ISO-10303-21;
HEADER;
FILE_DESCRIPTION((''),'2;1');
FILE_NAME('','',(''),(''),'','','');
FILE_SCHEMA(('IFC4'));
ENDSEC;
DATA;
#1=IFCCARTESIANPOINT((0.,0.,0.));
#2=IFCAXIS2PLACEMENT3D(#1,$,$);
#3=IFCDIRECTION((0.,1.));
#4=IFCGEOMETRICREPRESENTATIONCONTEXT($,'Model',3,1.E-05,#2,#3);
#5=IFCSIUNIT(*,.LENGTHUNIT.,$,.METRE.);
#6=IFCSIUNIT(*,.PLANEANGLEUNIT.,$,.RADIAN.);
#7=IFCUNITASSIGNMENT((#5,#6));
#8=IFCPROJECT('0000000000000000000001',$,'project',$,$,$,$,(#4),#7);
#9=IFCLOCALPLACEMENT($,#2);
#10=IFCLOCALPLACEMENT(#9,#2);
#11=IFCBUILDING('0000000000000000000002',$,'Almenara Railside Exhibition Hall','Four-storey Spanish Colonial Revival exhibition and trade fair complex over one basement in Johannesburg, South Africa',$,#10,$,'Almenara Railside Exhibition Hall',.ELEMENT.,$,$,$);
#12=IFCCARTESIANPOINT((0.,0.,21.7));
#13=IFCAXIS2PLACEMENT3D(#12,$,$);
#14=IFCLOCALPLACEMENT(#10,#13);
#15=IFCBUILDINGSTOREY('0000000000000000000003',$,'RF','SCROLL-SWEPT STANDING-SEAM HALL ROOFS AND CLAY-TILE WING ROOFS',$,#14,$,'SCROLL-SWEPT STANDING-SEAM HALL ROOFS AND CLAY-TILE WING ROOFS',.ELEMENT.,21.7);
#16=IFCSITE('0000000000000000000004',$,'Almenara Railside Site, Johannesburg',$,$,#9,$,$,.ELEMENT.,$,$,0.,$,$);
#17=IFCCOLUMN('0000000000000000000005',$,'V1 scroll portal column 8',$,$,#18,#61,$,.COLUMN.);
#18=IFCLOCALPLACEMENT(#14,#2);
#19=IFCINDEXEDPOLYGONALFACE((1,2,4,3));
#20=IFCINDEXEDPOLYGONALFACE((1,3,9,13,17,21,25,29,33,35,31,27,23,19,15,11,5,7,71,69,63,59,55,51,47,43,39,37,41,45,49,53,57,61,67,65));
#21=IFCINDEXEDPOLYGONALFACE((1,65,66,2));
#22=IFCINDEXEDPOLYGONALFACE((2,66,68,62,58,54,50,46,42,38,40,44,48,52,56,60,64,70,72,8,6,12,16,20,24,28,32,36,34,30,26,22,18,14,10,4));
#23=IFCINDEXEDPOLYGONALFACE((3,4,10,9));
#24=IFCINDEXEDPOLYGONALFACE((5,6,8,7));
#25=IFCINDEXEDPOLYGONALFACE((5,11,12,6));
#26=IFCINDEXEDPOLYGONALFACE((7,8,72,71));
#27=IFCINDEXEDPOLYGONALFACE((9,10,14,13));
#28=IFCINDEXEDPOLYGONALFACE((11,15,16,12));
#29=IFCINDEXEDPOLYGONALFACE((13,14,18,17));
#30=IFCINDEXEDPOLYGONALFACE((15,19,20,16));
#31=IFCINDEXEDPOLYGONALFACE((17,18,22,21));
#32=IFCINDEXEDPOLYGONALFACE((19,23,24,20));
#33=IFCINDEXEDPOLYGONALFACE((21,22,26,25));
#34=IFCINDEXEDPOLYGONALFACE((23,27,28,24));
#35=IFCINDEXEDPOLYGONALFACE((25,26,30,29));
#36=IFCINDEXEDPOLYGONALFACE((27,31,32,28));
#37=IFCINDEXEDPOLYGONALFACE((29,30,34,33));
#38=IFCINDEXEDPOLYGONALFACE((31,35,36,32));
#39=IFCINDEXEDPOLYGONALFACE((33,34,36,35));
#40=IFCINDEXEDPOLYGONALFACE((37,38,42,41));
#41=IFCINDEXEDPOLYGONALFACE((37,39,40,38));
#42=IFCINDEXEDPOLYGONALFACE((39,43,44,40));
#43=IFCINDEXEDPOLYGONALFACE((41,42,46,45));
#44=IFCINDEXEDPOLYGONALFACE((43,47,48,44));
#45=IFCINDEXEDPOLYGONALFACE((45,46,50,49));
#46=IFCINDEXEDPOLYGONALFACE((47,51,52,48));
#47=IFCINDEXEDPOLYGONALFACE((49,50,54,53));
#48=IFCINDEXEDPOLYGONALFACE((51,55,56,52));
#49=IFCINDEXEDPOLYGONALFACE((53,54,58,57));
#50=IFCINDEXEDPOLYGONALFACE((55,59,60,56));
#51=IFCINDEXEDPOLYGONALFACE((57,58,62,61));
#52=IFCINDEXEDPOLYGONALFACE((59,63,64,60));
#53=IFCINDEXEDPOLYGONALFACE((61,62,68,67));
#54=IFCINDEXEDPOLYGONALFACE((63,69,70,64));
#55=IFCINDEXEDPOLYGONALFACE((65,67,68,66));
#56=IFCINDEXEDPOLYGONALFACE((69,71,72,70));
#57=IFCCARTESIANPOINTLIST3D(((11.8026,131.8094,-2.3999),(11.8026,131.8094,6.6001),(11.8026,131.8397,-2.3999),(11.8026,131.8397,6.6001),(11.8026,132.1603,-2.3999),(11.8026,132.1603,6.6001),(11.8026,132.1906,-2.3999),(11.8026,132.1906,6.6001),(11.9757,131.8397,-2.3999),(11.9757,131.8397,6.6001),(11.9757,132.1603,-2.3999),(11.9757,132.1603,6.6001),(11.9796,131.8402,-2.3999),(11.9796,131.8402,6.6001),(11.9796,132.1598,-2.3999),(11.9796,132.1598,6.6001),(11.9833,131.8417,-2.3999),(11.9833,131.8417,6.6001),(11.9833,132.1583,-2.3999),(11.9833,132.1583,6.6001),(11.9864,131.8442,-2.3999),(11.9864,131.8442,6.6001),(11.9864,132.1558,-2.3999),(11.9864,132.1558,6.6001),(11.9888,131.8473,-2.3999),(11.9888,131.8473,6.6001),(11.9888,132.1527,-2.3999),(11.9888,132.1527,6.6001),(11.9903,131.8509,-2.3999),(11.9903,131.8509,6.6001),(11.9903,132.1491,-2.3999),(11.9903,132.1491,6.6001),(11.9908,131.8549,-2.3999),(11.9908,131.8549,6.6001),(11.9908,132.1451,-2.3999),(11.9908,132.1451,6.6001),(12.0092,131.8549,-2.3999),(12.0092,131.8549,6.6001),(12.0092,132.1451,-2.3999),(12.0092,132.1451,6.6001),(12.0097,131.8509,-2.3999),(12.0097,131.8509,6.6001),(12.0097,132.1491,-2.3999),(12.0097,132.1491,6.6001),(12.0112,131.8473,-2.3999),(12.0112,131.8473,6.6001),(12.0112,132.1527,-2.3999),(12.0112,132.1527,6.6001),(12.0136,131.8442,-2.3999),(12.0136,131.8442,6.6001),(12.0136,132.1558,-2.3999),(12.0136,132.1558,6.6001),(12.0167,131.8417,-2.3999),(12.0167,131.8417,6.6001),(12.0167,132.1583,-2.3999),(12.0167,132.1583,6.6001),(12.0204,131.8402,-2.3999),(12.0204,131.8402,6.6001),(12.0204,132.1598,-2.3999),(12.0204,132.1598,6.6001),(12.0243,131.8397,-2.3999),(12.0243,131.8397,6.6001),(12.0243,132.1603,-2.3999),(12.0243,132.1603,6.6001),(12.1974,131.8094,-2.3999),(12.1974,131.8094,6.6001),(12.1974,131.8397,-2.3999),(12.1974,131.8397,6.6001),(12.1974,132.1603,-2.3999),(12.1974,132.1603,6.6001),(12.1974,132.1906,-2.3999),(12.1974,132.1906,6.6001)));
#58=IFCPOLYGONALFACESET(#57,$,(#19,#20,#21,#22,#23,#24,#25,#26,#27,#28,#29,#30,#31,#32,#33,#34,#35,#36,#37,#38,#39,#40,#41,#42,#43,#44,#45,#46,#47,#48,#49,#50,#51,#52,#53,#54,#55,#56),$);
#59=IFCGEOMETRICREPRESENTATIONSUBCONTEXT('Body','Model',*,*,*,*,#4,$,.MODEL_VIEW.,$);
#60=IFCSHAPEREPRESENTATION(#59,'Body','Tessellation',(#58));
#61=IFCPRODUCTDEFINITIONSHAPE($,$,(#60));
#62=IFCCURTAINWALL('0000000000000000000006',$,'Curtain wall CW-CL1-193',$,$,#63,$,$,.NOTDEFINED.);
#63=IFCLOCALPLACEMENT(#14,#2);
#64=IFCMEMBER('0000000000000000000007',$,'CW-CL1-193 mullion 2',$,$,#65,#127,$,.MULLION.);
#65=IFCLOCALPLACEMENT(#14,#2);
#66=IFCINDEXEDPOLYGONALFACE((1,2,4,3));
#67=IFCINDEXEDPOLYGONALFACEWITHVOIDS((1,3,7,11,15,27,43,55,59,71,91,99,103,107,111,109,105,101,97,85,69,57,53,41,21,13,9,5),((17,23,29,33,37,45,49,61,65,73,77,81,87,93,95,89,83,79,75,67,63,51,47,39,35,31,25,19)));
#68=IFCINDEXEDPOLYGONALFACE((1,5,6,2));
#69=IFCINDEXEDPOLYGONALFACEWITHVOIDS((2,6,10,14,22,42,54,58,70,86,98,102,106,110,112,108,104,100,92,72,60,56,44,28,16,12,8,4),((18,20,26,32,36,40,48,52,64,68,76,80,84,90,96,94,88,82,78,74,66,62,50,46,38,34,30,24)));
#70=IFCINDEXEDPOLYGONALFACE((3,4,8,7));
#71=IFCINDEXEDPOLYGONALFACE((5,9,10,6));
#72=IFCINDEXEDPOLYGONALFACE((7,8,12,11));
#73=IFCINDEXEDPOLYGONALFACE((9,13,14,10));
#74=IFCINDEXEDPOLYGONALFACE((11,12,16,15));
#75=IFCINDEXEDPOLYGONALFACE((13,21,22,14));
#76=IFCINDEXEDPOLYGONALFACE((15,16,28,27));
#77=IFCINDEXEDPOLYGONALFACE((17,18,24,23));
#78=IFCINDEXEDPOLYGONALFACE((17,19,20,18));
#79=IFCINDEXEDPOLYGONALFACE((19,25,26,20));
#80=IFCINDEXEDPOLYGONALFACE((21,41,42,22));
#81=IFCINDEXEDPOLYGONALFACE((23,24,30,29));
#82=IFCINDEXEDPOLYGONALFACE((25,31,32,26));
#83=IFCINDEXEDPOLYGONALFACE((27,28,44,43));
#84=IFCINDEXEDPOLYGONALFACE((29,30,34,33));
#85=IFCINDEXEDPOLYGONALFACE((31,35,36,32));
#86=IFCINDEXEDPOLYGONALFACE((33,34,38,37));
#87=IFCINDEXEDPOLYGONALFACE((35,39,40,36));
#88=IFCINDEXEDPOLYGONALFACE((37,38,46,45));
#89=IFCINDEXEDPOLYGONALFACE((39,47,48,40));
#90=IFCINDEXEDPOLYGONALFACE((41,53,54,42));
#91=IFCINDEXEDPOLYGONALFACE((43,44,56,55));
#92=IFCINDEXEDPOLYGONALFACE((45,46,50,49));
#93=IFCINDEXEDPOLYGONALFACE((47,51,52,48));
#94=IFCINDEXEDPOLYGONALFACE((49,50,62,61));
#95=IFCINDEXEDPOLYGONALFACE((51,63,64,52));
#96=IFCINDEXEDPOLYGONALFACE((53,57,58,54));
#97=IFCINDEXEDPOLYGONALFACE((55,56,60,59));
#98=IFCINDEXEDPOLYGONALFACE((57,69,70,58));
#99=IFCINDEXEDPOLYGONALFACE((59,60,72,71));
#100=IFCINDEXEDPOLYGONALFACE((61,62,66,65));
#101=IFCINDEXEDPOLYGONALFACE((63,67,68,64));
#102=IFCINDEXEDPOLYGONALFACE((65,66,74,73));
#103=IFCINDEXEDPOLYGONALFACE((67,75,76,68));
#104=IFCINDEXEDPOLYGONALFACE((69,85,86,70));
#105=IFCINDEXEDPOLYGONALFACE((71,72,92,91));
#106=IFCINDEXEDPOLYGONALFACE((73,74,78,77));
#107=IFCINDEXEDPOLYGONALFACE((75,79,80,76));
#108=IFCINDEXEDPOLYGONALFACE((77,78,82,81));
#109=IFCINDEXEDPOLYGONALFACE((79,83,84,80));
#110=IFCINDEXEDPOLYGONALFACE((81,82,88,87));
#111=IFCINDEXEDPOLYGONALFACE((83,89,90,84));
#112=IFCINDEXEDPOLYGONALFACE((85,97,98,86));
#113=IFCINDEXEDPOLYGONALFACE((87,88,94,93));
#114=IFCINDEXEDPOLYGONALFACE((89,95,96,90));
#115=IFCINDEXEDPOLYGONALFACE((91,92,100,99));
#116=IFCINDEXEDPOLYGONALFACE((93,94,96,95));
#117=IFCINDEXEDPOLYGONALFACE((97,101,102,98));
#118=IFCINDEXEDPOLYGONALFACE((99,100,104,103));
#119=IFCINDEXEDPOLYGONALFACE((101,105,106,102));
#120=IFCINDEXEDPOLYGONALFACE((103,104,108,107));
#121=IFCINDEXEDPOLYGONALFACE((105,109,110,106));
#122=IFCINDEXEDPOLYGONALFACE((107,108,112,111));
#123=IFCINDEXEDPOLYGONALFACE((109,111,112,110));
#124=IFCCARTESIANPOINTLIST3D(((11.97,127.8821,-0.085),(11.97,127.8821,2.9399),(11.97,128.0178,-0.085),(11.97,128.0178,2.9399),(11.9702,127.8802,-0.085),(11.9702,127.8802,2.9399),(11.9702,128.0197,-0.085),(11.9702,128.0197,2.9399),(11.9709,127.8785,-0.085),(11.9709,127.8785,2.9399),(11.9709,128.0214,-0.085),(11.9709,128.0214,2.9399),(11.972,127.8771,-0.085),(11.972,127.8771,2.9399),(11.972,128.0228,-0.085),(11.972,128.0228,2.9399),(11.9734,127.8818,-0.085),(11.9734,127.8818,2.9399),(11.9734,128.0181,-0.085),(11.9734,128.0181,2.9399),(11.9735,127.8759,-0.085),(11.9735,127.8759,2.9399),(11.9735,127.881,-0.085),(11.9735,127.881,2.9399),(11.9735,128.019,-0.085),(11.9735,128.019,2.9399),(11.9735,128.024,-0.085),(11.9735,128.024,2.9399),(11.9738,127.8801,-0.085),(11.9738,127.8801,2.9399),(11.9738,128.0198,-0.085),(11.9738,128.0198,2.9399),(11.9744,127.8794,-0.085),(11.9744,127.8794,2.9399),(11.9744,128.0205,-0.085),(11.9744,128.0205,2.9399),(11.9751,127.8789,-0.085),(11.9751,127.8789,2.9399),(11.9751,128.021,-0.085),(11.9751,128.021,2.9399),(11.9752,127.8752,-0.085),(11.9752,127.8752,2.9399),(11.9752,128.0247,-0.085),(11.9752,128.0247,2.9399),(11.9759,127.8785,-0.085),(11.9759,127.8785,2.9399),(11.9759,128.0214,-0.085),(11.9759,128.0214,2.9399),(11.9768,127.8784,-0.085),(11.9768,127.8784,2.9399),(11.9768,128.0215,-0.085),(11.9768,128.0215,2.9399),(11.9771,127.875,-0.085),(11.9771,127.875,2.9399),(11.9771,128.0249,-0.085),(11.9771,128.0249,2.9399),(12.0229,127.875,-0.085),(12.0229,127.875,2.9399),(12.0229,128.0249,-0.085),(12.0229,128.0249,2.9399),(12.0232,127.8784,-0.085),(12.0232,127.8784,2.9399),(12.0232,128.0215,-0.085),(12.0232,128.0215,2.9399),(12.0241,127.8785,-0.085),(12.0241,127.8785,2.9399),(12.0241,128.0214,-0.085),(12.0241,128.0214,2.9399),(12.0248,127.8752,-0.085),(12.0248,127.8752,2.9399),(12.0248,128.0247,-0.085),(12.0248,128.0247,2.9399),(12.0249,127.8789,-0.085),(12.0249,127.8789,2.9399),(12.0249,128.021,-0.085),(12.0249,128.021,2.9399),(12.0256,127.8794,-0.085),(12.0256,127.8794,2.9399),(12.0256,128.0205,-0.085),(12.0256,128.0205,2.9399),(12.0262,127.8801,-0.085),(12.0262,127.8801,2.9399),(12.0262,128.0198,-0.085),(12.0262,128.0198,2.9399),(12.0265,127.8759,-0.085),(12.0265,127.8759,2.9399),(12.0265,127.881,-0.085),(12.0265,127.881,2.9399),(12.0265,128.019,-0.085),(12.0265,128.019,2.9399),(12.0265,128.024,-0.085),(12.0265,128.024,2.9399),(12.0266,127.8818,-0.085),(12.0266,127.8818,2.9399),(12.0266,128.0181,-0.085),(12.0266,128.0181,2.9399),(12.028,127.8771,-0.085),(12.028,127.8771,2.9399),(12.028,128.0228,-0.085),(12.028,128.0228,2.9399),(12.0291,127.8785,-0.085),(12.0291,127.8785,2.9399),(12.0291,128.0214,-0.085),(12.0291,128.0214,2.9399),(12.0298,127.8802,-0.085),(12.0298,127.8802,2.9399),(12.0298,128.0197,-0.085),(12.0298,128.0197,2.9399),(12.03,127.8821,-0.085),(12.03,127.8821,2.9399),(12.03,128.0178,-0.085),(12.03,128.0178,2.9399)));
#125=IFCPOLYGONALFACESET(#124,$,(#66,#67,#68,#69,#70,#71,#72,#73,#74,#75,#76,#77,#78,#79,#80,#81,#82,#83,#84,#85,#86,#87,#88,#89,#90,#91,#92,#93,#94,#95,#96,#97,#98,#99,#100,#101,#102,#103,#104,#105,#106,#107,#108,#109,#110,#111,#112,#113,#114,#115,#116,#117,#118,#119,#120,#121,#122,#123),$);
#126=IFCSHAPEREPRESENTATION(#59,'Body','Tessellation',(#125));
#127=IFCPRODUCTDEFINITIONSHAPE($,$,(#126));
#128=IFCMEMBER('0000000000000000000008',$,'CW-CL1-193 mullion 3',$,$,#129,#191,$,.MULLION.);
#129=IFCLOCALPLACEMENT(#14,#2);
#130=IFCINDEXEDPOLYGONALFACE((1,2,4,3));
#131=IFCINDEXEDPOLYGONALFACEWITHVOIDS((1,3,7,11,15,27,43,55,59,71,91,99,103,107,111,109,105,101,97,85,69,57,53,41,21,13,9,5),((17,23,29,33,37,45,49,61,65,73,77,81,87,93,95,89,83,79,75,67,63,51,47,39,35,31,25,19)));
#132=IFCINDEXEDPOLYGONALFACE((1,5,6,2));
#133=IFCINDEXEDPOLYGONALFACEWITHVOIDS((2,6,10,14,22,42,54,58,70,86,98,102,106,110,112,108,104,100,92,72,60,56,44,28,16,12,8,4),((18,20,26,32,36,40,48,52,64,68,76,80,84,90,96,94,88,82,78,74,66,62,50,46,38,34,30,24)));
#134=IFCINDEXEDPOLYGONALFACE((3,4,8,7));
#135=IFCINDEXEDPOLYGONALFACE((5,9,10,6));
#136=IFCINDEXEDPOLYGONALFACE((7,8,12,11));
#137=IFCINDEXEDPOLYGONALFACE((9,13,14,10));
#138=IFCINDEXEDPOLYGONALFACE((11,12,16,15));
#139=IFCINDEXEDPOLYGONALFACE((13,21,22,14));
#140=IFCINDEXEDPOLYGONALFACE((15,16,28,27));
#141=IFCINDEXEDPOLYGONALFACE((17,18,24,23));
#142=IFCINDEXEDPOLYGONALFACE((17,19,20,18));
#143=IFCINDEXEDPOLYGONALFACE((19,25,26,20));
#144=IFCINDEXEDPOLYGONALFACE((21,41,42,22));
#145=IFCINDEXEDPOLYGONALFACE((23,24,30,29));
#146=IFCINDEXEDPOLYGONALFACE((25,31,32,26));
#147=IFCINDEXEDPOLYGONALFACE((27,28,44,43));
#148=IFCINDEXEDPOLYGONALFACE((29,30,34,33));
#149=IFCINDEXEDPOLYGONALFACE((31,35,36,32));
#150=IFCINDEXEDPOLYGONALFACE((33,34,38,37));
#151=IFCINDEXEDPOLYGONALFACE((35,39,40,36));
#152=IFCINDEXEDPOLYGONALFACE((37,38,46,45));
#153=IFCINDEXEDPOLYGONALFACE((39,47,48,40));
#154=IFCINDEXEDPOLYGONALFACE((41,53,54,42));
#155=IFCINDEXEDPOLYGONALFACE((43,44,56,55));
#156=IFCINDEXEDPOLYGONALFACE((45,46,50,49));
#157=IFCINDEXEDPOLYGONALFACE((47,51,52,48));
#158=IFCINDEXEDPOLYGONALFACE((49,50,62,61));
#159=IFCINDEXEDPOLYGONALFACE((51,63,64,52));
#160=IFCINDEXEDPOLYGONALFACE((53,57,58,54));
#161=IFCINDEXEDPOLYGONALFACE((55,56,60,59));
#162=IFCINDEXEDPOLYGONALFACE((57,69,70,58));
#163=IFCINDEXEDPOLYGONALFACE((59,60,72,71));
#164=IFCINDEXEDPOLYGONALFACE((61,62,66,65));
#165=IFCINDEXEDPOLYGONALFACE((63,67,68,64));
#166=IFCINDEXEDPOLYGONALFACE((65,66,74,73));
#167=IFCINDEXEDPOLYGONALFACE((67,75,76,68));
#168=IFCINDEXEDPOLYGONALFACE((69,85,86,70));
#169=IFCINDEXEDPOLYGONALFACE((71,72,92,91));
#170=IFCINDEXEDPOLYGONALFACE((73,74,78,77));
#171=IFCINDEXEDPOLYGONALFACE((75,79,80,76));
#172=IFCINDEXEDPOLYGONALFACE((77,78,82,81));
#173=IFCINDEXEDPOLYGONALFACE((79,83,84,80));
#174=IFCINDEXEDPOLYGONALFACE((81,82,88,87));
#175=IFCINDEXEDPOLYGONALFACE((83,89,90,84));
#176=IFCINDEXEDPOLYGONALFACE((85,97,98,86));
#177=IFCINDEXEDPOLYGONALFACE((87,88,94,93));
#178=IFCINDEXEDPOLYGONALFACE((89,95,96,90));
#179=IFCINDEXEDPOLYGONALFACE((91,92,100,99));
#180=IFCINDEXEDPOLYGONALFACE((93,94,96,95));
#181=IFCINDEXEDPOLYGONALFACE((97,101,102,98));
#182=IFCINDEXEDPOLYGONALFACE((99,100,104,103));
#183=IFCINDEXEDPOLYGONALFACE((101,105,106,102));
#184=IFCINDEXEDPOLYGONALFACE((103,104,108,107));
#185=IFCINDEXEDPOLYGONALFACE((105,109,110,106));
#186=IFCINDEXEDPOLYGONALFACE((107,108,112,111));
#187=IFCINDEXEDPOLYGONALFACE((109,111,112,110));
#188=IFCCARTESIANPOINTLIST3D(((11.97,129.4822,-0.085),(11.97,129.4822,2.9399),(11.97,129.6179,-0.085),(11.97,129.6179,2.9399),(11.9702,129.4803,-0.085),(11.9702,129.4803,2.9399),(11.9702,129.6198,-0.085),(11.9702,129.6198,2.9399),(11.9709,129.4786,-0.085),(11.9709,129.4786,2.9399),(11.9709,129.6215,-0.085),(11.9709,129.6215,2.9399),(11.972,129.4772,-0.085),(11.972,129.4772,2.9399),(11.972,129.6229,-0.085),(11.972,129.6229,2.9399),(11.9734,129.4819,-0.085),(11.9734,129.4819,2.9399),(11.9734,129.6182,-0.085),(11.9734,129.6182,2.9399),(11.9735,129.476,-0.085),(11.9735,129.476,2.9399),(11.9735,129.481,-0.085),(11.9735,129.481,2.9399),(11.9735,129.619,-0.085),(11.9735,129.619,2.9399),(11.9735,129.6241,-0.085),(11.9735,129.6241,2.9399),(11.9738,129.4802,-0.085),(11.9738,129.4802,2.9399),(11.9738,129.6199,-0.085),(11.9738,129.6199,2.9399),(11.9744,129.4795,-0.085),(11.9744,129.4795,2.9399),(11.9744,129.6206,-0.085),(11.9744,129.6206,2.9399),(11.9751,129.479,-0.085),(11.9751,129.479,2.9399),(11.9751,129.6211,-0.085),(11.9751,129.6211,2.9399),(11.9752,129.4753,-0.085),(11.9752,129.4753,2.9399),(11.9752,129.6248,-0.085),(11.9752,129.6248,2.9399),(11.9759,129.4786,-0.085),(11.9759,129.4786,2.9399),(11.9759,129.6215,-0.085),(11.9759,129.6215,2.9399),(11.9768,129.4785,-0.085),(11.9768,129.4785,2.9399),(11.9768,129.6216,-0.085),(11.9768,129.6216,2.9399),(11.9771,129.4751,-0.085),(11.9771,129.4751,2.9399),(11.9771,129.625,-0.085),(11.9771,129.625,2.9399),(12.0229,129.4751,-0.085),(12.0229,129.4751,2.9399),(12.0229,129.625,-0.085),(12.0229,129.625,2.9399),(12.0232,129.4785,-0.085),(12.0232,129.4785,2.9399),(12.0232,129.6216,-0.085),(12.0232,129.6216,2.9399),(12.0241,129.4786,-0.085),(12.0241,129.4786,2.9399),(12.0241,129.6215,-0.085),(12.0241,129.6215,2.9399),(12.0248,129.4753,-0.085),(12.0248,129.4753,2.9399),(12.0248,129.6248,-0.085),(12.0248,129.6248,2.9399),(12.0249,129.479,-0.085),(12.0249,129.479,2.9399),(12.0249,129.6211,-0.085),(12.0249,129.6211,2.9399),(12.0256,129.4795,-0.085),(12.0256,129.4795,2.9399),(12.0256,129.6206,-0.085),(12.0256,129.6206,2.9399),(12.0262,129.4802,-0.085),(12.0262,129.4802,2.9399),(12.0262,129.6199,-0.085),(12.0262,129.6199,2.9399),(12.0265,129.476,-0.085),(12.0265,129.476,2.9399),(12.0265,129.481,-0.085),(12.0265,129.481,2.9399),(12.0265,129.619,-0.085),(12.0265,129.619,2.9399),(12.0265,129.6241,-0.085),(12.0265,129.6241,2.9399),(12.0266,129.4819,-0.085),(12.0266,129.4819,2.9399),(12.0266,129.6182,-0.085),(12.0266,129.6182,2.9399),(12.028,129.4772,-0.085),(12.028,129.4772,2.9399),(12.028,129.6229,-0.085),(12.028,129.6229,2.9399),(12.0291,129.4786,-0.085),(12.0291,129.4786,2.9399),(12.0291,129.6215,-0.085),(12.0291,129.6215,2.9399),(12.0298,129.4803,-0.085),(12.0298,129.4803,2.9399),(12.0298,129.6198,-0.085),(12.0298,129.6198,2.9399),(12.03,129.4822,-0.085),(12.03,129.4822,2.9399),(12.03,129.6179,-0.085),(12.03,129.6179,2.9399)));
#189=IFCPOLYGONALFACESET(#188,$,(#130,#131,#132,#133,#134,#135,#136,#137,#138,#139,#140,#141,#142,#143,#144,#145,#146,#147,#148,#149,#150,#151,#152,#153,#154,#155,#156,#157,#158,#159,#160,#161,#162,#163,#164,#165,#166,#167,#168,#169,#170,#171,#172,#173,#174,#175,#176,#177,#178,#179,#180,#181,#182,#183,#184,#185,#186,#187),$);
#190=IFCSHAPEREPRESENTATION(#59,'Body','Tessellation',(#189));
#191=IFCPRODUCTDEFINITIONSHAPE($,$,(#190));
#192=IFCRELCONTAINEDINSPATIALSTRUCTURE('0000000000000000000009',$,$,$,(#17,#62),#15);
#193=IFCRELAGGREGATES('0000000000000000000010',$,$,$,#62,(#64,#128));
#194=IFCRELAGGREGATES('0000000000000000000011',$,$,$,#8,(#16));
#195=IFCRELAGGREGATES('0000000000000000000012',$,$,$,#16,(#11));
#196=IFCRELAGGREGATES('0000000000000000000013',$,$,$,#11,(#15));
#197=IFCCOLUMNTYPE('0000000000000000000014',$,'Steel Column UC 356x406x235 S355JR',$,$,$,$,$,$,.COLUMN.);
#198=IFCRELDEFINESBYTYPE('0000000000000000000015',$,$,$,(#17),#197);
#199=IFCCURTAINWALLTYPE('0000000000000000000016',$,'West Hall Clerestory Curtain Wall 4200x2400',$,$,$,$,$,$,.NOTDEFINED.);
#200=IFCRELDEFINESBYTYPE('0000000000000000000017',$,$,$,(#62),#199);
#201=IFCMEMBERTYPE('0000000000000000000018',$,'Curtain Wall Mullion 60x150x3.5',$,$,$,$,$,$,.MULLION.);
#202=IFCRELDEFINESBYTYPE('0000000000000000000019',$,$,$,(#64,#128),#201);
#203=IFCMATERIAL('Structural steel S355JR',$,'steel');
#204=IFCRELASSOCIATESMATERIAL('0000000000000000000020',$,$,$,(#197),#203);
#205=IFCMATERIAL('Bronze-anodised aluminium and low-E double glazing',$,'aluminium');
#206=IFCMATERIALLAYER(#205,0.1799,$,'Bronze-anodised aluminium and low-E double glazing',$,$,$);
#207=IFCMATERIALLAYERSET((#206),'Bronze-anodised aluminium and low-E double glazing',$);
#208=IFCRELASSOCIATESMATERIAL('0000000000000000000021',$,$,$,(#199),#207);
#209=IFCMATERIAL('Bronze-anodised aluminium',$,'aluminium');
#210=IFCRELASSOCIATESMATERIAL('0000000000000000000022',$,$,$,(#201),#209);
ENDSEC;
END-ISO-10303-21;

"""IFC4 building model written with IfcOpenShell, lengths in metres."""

from ifc_helpers import new_model, si_unit, direction, frame, origin, origin_2d, place, context, subcontext, project, spatial, hollow_rectangle, i_section, extrude, material, layer, layer_set, material_profile, profile_set, type_object, element, aggregate, save


model = new_model("IFC4")

# Units and contexts
model_context = context("Model", 3, precision=1e-05, world=origin(), true_north=direction((0.0, 1.0)))
body_context = subcontext(model_context, "Body", "Model", "MODEL_VIEW")
ifc_project = project(units=[si_unit("LENGTHUNIT", "METRE"), si_unit("PLANEANGLEUNIT", "RADIAN")], contexts=[model_context])

# Site, building, storey
site_placement = place(None, origin())
site = spatial("IfcSite", under=ifc_project, at=site_placement, Name="Almenara Railside Site, Johannesburg", CompositionType="ELEMENT", RefElevation=0.0)
building_placement = place(site_placement, origin())
building = spatial("IfcBuilding", under=site, at=building_placement, Name="Almenara Railside Exhibition Hall", Description="Four-storey Spanish Colonial Revival exhibition and trade fair complex over one basement in Johannesburg, South Africa", LongName="Almenara Railside Exhibition Hall", CompositionType="ELEMENT")
storey_placement = place(building_placement, frame((0.0, 0.0, 21.7)))
storey = spatial("IfcBuildingStorey", under=building, at=storey_placement, Name="RF", Description="SCROLL-SWEPT STANDING-SEAM HALL ROOFS AND CLAY-TILE WING ROOFS", LongName="SCROLL-SWEPT STANDING-SEAM HALL ROOFS AND CLAY-TILE WING ROOFS", CompositionType="ELEMENT", Elevation=21.7)

# Column
ifc_material_1 = material(Name="Structural steel S355JR", Category="steel")
ifc_material_profile_1 = material_profile(ifc_material_1, i_section(OverallWidth=0.3948, OverallDepth=0.3811, WebThickness=0.0183, FlangeThickness=0.0303, FilletRadius=0.0151, at=origin_2d()), Name="UC 356x406x235")
ifc_profile_set_1 = profile_set([ifc_material_profile_1], Name="Structural steel S355JR")
column_type = type_object("IfcColumnType", Name="Steel Column UC 356x406x235 S355JR", PredefinedType="COLUMN", material=ifc_profile_set_1)
column_placement = place(storey_placement, frame((12.0, 132.0, -2.3999), z_axis=(0.0, 0.0, 1.0), x_axis=(1.0, 0.0, 0.0)))
element("IfcColumn", 1, at=column_placement, inside=storey, type_object=column_type, Name="V1 scroll portal column 8", PredefinedType="COLUMN", context=body_context, shape_type="SweptSolid", body=[
    extrude(i_section(OverallWidth=0.3948, OverallDepth=0.3811, WebThickness=0.0183, FlangeThickness=0.0303, FilletRadius=0.0151, at=origin_2d()), origin(), (0.0, 0.0, 1.0), 9.0),
])

# Curtain wall, members
ifc_material_2 = material(Name="Bronze-anodised aluminium and low-E double glazing", Category="aluminium")
ifc_layer_1 = layer(ifc_material_2, 0.1799, Name="Bronze-anodised aluminium and low-E double glazing")
ifc_layer_set_1 = layer_set([ifc_layer_1], Name="Bronze-anodised aluminium and low-E double glazing")
curtain_wall_type_1 = type_object("IfcCurtainWallType", Name="West Hall Clerestory Curtain Wall 4200x2400", PredefinedType="NOTDEFINED", material=ifc_layer_set_1)
curtain_wall_1_placement = place(storey_placement, origin())
curtain_wall_1 = element("IfcCurtainWall", 2, at=curtain_wall_1_placement, inside=storey, type_object=curtain_wall_type_1, Name="Curtain wall CW-CL1-193", PredefinedType="NOTDEFINED")
ifc_material_3 = material(Name="Bronze-anodised aluminium", Category="aluminium")
ifc_material_profile_2 = material_profile(ifc_material_3, hollow_rectangle(XDim=0.0601, YDim=0.1499, WallThickness=0.0034, InnerFilletRadius=0.0034, OuterFilletRadius=0.0071, at=origin_2d()), Name="ALU-MUL 60x150x3.5")
ifc_profile_set_2 = profile_set([ifc_material_profile_2], Name="Bronze-anodised aluminium")
member_type_1 = type_object("IfcMemberType", Name="Curtain Wall Mullion 60x150x3.5", PredefinedType="MULLION", material=ifc_profile_set_2)
member_1_placement = place(storey_placement, frame((12.0, 127.95, -0.085), z_axis=(0.0, 0.0, 1.0), x_axis=(-1.0, 0.0, 0.0)))
member_1 = element("IfcMember", 3, at=member_1_placement, type_object=member_type_1, Name="CW-CL1-193 mullion 2", PredefinedType="MULLION", context=body_context, shape_type="SweptSolid", body=[
    extrude(hollow_rectangle(XDim=0.0601, YDim=0.1499, WallThickness=0.0034, InnerFilletRadius=0.0034, OuterFilletRadius=0.0071, at=origin_2d()), origin(), (0.0, 0.0, 1.0), 3.0249),
])
member_2_placement = place(storey_placement, frame((12.0, 129.55, -0.085), z_axis=(0.0, 0.0, 1.0), x_axis=(-1.0, 0.0, 0.0)))
member_2 = element("IfcMember", 4, at=member_2_placement, type_object=member_type_1, Name="CW-CL1-193 mullion 3", PredefinedType="MULLION", context=body_context, shape_type="SweptSolid", body=[
    extrude(hollow_rectangle(XDim=0.0601, YDim=0.1499, WallThickness=0.0034, InnerFilletRadius=0.0034, OuterFilletRadius=0.0071, at=origin_2d()), origin(), (0.0, 0.0, 1.0), 3.0249),
])

aggregate(curtain_wall_1, [member_1, member_2])

save(model, "model.ifc")
